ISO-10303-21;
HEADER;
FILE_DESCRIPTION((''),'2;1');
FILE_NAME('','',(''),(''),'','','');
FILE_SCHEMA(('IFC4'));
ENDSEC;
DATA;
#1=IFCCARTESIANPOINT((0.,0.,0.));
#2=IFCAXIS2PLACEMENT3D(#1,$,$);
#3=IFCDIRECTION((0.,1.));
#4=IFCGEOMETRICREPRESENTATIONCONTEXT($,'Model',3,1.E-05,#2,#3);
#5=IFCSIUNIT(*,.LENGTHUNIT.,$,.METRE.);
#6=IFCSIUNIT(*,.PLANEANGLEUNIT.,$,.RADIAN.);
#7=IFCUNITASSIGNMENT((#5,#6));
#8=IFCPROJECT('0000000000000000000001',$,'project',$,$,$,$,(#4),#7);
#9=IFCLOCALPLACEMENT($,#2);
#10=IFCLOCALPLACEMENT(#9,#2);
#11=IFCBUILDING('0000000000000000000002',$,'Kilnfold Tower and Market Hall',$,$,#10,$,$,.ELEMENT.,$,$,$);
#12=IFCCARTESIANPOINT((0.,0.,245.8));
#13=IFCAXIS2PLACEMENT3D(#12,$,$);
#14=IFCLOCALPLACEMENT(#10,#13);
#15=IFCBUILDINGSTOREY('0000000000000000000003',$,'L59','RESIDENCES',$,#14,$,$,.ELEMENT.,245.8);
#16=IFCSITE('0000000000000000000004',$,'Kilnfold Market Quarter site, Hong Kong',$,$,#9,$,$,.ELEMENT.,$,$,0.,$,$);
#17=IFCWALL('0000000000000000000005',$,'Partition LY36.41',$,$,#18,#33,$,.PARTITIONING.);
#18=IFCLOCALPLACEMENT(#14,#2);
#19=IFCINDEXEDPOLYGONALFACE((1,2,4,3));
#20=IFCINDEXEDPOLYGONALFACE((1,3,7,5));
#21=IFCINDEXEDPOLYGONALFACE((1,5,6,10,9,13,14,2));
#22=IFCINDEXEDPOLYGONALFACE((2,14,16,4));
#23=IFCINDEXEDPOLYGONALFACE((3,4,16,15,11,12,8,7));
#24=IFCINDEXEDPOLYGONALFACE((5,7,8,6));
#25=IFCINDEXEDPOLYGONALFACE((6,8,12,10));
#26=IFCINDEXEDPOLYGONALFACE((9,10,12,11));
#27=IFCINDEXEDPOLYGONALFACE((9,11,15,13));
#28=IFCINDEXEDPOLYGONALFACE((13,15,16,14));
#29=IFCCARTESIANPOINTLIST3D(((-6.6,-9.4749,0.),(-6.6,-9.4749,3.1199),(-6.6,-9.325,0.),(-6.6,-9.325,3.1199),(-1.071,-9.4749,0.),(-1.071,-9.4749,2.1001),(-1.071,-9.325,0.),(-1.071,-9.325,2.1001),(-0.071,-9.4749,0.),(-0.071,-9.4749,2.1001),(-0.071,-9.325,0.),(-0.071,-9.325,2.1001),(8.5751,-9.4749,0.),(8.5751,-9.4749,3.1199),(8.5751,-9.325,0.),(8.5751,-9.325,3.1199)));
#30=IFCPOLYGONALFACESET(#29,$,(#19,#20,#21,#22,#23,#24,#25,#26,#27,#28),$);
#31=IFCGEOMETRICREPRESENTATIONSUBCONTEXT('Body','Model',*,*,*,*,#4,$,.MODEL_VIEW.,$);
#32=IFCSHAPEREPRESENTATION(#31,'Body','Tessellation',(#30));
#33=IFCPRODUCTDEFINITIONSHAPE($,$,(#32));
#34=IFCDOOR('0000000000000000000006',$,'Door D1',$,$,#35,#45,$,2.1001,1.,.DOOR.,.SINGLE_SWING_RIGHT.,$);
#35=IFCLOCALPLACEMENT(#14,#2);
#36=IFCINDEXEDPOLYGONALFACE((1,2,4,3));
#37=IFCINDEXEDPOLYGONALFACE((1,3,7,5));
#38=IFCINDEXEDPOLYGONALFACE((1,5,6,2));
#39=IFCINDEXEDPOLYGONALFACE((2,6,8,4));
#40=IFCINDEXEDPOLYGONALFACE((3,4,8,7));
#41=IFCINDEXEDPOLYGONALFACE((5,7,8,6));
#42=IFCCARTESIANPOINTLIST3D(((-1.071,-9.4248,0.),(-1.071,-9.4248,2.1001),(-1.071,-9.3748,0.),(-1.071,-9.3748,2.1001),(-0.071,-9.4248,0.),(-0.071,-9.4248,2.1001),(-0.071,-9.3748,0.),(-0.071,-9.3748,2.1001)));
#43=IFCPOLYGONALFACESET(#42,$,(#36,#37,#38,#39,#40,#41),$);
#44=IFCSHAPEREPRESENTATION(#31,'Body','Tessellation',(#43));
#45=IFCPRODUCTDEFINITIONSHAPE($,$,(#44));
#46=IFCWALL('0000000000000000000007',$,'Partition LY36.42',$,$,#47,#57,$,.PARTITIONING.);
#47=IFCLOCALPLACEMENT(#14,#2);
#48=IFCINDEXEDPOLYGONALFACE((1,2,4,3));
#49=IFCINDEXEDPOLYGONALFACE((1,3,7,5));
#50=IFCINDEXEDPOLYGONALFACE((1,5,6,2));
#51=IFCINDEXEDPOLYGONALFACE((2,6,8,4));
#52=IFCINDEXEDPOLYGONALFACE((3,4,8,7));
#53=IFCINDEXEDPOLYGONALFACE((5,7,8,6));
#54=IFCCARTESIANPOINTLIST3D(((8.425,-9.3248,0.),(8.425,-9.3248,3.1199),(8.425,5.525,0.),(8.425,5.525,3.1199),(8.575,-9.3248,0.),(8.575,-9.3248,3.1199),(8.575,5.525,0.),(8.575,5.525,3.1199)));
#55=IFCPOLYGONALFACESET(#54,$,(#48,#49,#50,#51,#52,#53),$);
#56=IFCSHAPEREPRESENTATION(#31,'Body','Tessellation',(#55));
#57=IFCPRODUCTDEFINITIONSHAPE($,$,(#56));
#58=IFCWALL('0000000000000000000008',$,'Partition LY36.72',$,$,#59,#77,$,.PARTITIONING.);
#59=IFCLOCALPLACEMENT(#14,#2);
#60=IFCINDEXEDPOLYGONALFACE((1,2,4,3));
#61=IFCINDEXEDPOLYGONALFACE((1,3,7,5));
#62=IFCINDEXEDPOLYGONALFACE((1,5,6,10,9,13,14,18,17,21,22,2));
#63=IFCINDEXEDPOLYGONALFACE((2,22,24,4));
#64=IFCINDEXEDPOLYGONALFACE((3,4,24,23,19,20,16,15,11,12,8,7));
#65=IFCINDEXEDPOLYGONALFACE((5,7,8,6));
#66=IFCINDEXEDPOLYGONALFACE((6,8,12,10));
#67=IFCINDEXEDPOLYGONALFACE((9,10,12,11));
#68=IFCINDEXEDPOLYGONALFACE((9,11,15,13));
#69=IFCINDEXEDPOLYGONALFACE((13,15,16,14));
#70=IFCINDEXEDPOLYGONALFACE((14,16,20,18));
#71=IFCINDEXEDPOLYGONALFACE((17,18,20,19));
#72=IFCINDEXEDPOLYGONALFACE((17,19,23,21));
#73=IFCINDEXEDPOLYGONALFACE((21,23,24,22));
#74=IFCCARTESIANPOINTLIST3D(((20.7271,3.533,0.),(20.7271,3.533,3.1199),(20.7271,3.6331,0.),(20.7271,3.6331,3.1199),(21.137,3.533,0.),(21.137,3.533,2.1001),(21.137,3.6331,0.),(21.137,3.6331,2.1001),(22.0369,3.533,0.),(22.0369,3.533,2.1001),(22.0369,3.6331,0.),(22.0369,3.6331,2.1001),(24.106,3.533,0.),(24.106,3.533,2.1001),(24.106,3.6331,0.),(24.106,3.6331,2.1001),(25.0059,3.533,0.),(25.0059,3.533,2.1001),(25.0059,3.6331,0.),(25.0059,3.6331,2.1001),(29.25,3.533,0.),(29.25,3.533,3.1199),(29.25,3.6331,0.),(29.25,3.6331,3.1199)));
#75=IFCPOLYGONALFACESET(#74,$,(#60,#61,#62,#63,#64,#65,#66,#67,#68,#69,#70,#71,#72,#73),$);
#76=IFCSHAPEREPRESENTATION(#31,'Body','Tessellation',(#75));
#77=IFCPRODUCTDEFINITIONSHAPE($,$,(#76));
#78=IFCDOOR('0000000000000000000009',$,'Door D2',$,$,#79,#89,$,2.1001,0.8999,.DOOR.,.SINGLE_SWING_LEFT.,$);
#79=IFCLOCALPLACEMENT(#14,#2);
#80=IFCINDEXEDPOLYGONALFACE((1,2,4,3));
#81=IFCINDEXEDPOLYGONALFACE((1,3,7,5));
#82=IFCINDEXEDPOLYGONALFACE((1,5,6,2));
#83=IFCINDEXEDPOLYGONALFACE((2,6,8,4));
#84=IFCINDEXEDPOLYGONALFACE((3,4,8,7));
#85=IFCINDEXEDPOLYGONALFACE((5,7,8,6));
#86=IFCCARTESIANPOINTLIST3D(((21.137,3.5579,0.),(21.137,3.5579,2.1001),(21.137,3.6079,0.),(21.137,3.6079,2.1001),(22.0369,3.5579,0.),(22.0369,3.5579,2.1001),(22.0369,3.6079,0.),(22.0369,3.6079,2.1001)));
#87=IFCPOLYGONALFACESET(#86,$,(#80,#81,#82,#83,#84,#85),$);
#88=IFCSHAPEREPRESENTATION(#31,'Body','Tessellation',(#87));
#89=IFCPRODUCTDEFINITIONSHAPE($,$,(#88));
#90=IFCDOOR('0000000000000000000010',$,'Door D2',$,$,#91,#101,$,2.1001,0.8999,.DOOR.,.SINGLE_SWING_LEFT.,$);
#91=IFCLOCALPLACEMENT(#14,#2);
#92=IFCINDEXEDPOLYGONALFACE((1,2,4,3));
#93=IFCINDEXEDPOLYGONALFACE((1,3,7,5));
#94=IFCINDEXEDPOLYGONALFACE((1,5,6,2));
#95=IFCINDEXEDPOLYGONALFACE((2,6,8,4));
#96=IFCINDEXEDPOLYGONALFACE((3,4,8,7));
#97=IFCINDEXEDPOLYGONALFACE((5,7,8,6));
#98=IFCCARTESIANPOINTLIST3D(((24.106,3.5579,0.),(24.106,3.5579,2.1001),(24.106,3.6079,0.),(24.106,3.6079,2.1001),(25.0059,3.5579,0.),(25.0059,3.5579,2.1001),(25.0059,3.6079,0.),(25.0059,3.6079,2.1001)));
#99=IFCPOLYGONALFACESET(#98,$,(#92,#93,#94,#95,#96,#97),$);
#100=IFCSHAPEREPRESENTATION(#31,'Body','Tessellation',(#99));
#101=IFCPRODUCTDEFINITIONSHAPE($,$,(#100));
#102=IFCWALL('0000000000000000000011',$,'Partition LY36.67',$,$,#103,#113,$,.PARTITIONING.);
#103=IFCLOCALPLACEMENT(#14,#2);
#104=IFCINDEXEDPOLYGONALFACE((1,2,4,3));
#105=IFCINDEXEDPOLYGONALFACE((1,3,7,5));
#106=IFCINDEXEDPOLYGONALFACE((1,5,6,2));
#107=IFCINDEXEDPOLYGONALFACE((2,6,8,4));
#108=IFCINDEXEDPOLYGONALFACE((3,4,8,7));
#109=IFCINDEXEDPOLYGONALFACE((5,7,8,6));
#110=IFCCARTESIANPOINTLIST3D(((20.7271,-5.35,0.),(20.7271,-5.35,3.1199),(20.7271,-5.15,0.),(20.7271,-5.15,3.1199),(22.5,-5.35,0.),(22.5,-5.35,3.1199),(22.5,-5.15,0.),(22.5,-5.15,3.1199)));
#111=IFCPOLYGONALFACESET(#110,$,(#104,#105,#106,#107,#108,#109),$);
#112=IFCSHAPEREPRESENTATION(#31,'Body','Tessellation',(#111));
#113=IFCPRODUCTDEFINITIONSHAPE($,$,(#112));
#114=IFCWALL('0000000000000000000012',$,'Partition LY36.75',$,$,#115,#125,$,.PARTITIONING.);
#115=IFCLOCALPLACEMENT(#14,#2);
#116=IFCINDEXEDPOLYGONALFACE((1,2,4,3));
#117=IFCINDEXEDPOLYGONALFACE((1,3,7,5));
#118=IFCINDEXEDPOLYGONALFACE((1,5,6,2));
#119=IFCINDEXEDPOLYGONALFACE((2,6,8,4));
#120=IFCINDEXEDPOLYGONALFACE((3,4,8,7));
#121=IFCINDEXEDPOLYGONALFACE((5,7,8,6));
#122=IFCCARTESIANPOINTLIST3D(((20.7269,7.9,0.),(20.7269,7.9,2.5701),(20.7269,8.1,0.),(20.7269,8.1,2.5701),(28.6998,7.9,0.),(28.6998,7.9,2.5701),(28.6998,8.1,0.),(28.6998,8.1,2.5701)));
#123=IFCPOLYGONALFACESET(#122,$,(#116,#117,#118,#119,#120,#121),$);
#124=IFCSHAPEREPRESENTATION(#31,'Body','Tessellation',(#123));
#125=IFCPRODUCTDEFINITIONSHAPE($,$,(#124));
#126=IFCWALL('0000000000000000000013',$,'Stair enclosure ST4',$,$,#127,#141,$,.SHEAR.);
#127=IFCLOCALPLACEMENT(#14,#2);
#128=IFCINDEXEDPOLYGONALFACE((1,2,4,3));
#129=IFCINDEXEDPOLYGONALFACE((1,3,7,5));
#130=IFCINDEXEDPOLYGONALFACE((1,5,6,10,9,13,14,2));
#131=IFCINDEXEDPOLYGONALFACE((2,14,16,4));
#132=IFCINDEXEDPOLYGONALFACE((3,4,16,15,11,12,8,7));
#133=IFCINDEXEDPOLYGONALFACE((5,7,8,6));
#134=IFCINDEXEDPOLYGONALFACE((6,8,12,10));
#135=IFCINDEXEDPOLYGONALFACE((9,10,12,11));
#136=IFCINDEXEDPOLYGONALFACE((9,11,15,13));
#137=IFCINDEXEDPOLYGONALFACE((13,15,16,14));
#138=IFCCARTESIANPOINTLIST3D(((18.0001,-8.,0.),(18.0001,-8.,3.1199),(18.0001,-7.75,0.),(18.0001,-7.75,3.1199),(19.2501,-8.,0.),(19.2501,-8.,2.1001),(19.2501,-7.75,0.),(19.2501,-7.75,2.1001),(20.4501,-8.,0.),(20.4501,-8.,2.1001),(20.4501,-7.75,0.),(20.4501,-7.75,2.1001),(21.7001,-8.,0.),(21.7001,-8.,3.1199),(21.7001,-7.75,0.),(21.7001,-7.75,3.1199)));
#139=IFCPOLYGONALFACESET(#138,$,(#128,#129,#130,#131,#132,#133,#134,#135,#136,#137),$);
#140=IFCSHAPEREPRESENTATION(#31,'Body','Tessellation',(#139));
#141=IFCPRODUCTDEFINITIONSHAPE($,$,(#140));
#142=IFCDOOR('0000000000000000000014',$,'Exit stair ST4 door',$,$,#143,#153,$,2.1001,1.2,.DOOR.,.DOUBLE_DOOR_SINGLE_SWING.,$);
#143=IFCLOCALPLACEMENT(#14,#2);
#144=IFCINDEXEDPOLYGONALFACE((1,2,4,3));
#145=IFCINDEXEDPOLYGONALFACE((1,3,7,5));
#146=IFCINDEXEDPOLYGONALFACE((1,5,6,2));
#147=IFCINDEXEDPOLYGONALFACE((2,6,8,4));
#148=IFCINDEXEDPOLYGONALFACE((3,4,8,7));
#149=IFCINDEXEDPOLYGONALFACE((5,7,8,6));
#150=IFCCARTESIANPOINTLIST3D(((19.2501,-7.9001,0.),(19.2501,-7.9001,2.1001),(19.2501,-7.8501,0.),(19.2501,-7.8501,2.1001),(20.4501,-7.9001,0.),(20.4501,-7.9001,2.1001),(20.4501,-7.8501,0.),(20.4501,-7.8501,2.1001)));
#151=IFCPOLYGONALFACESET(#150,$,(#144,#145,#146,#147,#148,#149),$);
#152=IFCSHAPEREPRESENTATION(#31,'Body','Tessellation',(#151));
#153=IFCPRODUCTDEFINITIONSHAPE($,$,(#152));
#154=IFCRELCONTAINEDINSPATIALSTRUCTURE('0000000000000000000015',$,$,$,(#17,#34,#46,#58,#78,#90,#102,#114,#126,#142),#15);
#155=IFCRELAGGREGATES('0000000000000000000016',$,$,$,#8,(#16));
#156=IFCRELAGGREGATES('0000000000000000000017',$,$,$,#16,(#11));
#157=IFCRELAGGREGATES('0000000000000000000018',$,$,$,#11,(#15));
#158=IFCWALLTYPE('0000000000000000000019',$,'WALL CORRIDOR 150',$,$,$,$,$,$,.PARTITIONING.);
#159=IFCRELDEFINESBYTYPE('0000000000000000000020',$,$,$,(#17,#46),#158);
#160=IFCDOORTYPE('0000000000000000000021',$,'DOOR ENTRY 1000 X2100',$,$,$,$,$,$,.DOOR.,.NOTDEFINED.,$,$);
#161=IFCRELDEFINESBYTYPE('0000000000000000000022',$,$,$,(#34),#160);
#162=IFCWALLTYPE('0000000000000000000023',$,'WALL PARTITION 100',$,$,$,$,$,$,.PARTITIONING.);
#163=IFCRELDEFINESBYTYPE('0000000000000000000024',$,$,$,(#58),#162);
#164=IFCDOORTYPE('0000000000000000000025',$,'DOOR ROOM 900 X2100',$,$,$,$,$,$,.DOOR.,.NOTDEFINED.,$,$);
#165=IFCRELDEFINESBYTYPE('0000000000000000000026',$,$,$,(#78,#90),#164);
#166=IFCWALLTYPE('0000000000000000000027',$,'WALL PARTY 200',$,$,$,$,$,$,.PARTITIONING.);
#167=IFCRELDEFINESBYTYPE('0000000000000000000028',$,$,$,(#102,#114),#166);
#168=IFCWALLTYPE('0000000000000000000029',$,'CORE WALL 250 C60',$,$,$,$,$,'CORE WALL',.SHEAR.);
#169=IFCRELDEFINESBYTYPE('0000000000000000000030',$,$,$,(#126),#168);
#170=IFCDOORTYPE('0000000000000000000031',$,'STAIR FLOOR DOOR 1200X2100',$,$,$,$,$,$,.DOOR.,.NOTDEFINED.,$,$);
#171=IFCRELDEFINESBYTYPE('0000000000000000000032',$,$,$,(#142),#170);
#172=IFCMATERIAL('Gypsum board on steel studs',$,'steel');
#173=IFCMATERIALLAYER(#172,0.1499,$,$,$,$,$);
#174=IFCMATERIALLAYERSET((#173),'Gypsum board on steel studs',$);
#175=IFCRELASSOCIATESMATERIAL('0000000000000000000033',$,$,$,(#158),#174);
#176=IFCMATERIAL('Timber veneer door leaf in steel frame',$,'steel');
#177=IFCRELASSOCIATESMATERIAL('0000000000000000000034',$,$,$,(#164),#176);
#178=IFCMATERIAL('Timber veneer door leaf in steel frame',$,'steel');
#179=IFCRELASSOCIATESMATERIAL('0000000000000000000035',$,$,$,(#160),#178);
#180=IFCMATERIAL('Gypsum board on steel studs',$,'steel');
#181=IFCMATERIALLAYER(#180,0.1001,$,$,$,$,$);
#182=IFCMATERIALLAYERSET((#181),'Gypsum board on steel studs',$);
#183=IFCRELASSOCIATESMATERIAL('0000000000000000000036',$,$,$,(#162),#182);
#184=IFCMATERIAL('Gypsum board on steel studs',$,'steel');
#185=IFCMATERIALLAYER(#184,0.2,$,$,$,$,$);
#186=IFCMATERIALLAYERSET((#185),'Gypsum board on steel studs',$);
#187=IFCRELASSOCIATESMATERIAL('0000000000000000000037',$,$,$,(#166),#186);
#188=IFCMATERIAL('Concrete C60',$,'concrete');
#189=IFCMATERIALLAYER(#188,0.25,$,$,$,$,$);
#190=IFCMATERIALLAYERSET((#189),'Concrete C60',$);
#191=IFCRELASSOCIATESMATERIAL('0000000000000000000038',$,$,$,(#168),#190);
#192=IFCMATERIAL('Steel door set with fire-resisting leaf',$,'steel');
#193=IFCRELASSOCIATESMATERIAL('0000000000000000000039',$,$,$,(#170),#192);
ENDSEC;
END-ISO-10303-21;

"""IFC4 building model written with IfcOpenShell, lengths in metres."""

from ifc_helpers import new_model, si_unit, direction, frame, frame_2d, origin, place, context, subcontext, project, spatial, rectangle, extrude, source, transform, mapped, material, layer, layer_set, type_object, element, fill, save


model = new_model("IFC4")

# Units and contexts
model_context = context("Model", 3, precision=1e-05, world=origin(), true_north=direction((0.0, 1.0)))
body_context = subcontext(model_context, "Body", "Model", "MODEL_VIEW")
ifc_project = project(units=[si_unit("LENGTHUNIT", "METRE"), si_unit("PLANEANGLEUNIT", "RADIAN")], contexts=[model_context])

# Site, building, storey
site_placement = place(None, origin())
site = spatial("IfcSite", under=ifc_project, at=site_placement, Name="Kilnfold Market Quarter site, Hong Kong", CompositionType="ELEMENT", RefElevation=0.0)
building_placement = place(site_placement, origin())
building = spatial("IfcBuilding", under=site, at=building_placement, Name="Kilnfold Tower and Market Hall", CompositionType="ELEMENT")
storey_placement = place(building_placement, frame((0.0, 0.0, 245.8)))
storey = spatial("IfcBuildingStorey", under=building, at=storey_placement, Name="L59", Description="RESIDENCES", CompositionType="ELEMENT", Elevation=245.8)

# Shared definitions
ifc_material_1 = material(Name="Gypsum board on steel studs", Category="steel")
ifc_layer_1 = layer(ifc_material_1, 0.1499)
ifc_layer_set_1 = layer_set([ifc_layer_1], Name="Gypsum board on steel studs")
wall_type_1 = type_object("IfcWallType", Name="WALL CORRIDOR 150", PredefinedType="PARTITIONING", material=ifc_layer_set_1)
ifc_material_2 = material(Name="Timber veneer door leaf in steel frame", Category="steel")
door_type_1 = type_object("IfcDoorType", Name="DOOR ROOM 900 X2100", OperationType="NOTDEFINED", PredefinedType="DOOR", material=ifc_material_2)
ifc_material_3 = material(Name="Timber veneer door leaf in steel frame", Category="steel")
door_type_2 = type_object("IfcDoorType", Name="DOOR ENTRY 1000 X2100", OperationType="NOTDEFINED", PredefinedType="DOOR", material=ifc_material_3)

# Wall, opening, door
wall_1_placement = place(storey_placement, frame((8.575, -9.3999, 0.0), z_axis=(0.0, 0.0, 1.0), x_axis=(-1.0, 0.0, 0.0)))
wall_1 = element("IfcWall", 1, at=wall_1_placement, inside=storey, type_object=wall_type_1, Name="Partition LY36.41", PredefinedType="PARTITIONING", context=body_context, shape_type="SweptSolid", body=[
    extrude(rectangle(XDim=15.175, YDim=0.1499, at=frame_2d((7.5874, 0.0))), origin(), (0.0, 0.0, 1.0), 3.1199),
])
opening_1_placement = place(wall_1_placement, frame((8.646, 0.0, 0.0)))
opening_1 = element("IfcOpeningElement", 2, at=opening_1_placement, cuts=wall_1, PredefinedType="OPENING", context=body_context, shape_type="SweptSolid", body=[
    extrude(rectangle(XDim=1.0, YDim=2.1001, at=frame_2d((0.5, 1.05))), frame((0.0, 0.085, 0.0), z_axis=(0.0, -1.0, 0.0), x_axis=(1.0, 0.0, 0.0)), (0.0, 0.0, 1.0), 0.1699),
])
door_1_placement = place(opening_1_placement, origin())
door_1 = element("IfcDoor", 3, at=door_1_placement, inside=storey, type_object=door_type_2, Name="Door D1", OperationType="SINGLE_SWING_RIGHT", OverallHeight=2.1001, OverallWidth=1.0, PredefinedType="DOOR", context=body_context, shape_type="SweptSolid", body=[
    extrude(rectangle(XDim=1.0, YDim=2.1001, at=frame_2d((0.5, 1.05))), frame((0.0, 0.0249, 0.0), z_axis=(0.0, -1.0, 0.0), x_axis=(1.0, 0.0, 0.0)), (0.0, 0.0, 1.0), 0.05),
])
fill(opening_1, door_1)

# Wall
wall_2_placement = place(storey_placement, frame((8.5, 5.5249, 0.0), z_axis=(0.0, 0.0, 1.0), x_axis=(0.0, -1.0, 0.0)))
element("IfcWall", 4, at=wall_2_placement, inside=storey, type_object=wall_type_1, Name="Partition LY36.42", PredefinedType="PARTITIONING", context=body_context, shape_type="SweptSolid", body=[
    extrude(rectangle(XDim=14.8499, YDim=0.1499, at=frame_2d((7.4248, 0.0))), origin(), (0.0, 0.0, 1.0), 3.1199),
])

# Wall, openings, doors
ifc_material_4 = material(Name="Gypsum board on steel studs", Category="steel")
ifc_layer_2 = layer(ifc_material_4, 0.1001)
ifc_layer_set_2 = layer_set([ifc_layer_2], Name="Gypsum board on steel studs")
wall_type_2 = type_object("IfcWallType", Name="WALL PARTITION 100", PredefinedType="PARTITIONING", material=ifc_layer_set_2)
wall_3_placement = place(storey_placement, frame((20.7271, 3.583, 0.0), z_axis=(0.0, 0.0, 1.0), x_axis=(1.0, 0.0, 0.0)))
wall_3 = element("IfcWall", 5, at=wall_3_placement, inside=storey, type_object=wall_type_2, Name="Partition LY36.72", PredefinedType="PARTITIONING", context=body_context, shape_type="SweptSolid", body=[
    extrude(rectangle(XDim=8.5229, YDim=0.1001, at=frame_2d((4.2615, 0.0))), origin(), (0.0, 0.0, 1.0), 3.1199),
])
opening_2_placement = place(wall_3_placement, frame((0.4099, 0.0, 0.0)))
opening_2 = element("IfcOpeningElement", 6, at=opening_2_placement, cuts=wall_3, PredefinedType="OPENING", context=body_context, shape_type="SweptSolid", body=[
    extrude(rectangle(XDim=0.8999, YDim=2.1001, at=frame_2d((0.45, 1.05))), frame((0.0, 0.0601, 0.0), z_axis=(0.0, -1.0, 0.0), x_axis=(1.0, 0.0, 0.0)), (0.0, 0.0, 1.0), 0.1201),
])
opening_3_placement = place(wall_3_placement, frame((3.3789, 0.0, 0.0)))
opening_3 = element("IfcOpeningElement", 7, at=opening_3_placement, cuts=wall_3, PredefinedType="OPENING", context=body_context, shape_type="SweptSolid", body=[
    extrude(rectangle(XDim=0.8999, YDim=2.1001, at=frame_2d((0.45, 1.05))), frame((0.0, 0.0601, 0.0), z_axis=(0.0, -1.0, 0.0), x_axis=(1.0, 0.0, 0.0)), (0.0, 0.0, 1.0), 0.1201),
])
door_2_placement = place(opening_2_placement, origin())
door_2 = element("IfcDoor", 8, at=door_2_placement, inside=storey, type_object=door_type_1, Name="Door D2", OperationType="SINGLE_SWING_LEFT", OverallHeight=2.1001, OverallWidth=0.8999, PredefinedType="DOOR", context=body_context, shape_type="SweptSolid", body=[
    extrude(rectangle(XDim=0.8999, YDim=2.1001, at=frame_2d((0.45, 1.05))), frame((0.0, 0.0249, 0.0), z_axis=(0.0, -1.0, 0.0), x_axis=(1.0, 0.0, 0.0)), (0.0, 0.0, 1.0), 0.05),
])
fill(opening_2, door_2)
door_3_placement = place(opening_3_placement, origin())
door_3 = element("IfcDoor", 9, at=door_3_placement, inside=storey, type_object=door_type_1, Name="Door D2", OperationType="SINGLE_SWING_LEFT", OverallHeight=2.1001, OverallWidth=0.8999, PredefinedType="DOOR", context=body_context, shape_type="SweptSolid", body=[
    extrude(rectangle(XDim=0.8999, YDim=2.1001, at=frame_2d((0.45, 1.05))), frame((0.0, 0.0249, 0.0), z_axis=(0.0, -1.0, 0.0), x_axis=(1.0, 0.0, 0.0)), (0.0, 0.0, 1.0), 0.05),
])
fill(opening_3, door_3)

# Walls
ifc_material_5 = material(Name="Gypsum board on steel studs", Category="steel")
ifc_layer_3 = layer(ifc_material_5, 0.2)
ifc_layer_set_3 = layer_set([ifc_layer_3], Name="Gypsum board on steel studs")
wall_type_3 = type_object("IfcWallType", Name="WALL PARTY 200", PredefinedType="PARTITIONING", material=ifc_layer_set_3)
wall_4_placement = place(storey_placement, frame((20.7271, -5.25, 0.0), z_axis=(0.0, 0.0, 1.0), x_axis=(1.0, 0.0, 0.0)))
element("IfcWall", 10, at=wall_4_placement, inside=storey, type_object=wall_type_3, Name="Partition LY36.67", PredefinedType="PARTITIONING", context=body_context, shape_type="SweptSolid", body=[
    extrude(rectangle(XDim=1.7729, YDim=0.2, at=frame_2d((0.8865, 0.0))), origin(), (0.0, 0.0, 1.0), 3.1199),
])
wall_5_placement = place(storey_placement, frame((20.7271, 8.0, 0.0), z_axis=(0.0, 0.0, 1.0), x_axis=(1.0, 0.0, 0.0)))
element("IfcWall", 11, at=wall_5_placement, inside=storey, type_object=wall_type_3, Name="Partition LY36.75", PredefinedType="PARTITIONING", context=body_context, shape_type="SweptSolid", body=[
    extrude(rectangle(XDim=7.9729, YDim=0.2, at=frame_2d((3.9863, 0.0))), origin(), (0.0, 0.0, 1.0), 2.5701),
])

# Wall, opening, door
ifc_material_6 = material(Name="Concrete C60", Category="concrete")
ifc_layer_4 = layer(ifc_material_6, 0.25)
ifc_layer_set_4 = layer_set([ifc_layer_4], Name="Concrete C60")
wall_type_4 = type_object("IfcWallType", Name="CORE WALL 250 C60", ElementType="CORE WALL", PredefinedType="SHEAR", material=ifc_layer_set_4)
shared_shape_1 = source(origin(), body_context, "Body", "SweptSolid", [
    extrude(rectangle(XDim=3.7, YDim=0.25, at=frame_2d((1.8501, 0.0))), origin(), (0.0, 0.0, 1.0), 3.1199),
])
wall_6_placement = place(storey_placement, frame((18.0, -7.875, 0.0), z_axis=(0.0, 0.0, 1.0), x_axis=(1.0, 0.0, 0.0)))
wall_6 = element("IfcWall", 12, at=wall_6_placement, inside=storey, type_object=wall_type_4, Name="Stair enclosure ST4", PredefinedType="SHEAR", context=body_context, shape_type="MappedRepresentation", body=[
    mapped(shared_shape_1, transform((0.0, 0.0, 0.0))),
])
opening_4_placement = place(wall_6_placement, frame((1.25, 0.0, 0.0)))
opening_4 = element("IfcOpeningElement", 13, at=opening_4_placement, cuts=wall_6, PredefinedType="OPENING", context=body_context, shape_type="SweptSolid", body=[
    extrude(rectangle(XDim=1.2, YDim=2.1001, at=frame_2d((0.6001, 1.05))), frame((0.0, 0.135, 0.0), z_axis=(0.0, -1.0, 0.0), x_axis=(1.0, 0.0, 0.0)), (0.0, 0.0, 1.0), 0.27),
])
ifc_material_7 = material(Name="Steel door set with fire-resisting leaf", Category="steel")
door_type_3 = type_object("IfcDoorType", Name="STAIR FLOOR DOOR 1200X2100", OperationType="NOTDEFINED", PredefinedType="DOOR", material=ifc_material_7)
door_4_placement = place(opening_4_placement, origin())
door_4 = element("IfcDoor", 14, at=door_4_placement, inside=storey, type_object=door_type_3, Name="Exit stair ST4 door", OperationType="DOUBLE_DOOR_SINGLE_SWING", OverallHeight=2.1001, OverallWidth=1.2, PredefinedType="DOOR", context=body_context, shape_type="SweptSolid", body=[
    extrude(rectangle(XDim=1.2, YDim=2.1001, at=frame_2d((0.6001, 1.05))), frame((0.0, 0.0249, 0.0), z_axis=(0.0, -1.0, 0.0), x_axis=(1.0, 0.0, 0.0)), (0.0, 0.0, 1.0), 0.05),
])
fill(opening_4, door_4)

save(model, "model.ifc")
